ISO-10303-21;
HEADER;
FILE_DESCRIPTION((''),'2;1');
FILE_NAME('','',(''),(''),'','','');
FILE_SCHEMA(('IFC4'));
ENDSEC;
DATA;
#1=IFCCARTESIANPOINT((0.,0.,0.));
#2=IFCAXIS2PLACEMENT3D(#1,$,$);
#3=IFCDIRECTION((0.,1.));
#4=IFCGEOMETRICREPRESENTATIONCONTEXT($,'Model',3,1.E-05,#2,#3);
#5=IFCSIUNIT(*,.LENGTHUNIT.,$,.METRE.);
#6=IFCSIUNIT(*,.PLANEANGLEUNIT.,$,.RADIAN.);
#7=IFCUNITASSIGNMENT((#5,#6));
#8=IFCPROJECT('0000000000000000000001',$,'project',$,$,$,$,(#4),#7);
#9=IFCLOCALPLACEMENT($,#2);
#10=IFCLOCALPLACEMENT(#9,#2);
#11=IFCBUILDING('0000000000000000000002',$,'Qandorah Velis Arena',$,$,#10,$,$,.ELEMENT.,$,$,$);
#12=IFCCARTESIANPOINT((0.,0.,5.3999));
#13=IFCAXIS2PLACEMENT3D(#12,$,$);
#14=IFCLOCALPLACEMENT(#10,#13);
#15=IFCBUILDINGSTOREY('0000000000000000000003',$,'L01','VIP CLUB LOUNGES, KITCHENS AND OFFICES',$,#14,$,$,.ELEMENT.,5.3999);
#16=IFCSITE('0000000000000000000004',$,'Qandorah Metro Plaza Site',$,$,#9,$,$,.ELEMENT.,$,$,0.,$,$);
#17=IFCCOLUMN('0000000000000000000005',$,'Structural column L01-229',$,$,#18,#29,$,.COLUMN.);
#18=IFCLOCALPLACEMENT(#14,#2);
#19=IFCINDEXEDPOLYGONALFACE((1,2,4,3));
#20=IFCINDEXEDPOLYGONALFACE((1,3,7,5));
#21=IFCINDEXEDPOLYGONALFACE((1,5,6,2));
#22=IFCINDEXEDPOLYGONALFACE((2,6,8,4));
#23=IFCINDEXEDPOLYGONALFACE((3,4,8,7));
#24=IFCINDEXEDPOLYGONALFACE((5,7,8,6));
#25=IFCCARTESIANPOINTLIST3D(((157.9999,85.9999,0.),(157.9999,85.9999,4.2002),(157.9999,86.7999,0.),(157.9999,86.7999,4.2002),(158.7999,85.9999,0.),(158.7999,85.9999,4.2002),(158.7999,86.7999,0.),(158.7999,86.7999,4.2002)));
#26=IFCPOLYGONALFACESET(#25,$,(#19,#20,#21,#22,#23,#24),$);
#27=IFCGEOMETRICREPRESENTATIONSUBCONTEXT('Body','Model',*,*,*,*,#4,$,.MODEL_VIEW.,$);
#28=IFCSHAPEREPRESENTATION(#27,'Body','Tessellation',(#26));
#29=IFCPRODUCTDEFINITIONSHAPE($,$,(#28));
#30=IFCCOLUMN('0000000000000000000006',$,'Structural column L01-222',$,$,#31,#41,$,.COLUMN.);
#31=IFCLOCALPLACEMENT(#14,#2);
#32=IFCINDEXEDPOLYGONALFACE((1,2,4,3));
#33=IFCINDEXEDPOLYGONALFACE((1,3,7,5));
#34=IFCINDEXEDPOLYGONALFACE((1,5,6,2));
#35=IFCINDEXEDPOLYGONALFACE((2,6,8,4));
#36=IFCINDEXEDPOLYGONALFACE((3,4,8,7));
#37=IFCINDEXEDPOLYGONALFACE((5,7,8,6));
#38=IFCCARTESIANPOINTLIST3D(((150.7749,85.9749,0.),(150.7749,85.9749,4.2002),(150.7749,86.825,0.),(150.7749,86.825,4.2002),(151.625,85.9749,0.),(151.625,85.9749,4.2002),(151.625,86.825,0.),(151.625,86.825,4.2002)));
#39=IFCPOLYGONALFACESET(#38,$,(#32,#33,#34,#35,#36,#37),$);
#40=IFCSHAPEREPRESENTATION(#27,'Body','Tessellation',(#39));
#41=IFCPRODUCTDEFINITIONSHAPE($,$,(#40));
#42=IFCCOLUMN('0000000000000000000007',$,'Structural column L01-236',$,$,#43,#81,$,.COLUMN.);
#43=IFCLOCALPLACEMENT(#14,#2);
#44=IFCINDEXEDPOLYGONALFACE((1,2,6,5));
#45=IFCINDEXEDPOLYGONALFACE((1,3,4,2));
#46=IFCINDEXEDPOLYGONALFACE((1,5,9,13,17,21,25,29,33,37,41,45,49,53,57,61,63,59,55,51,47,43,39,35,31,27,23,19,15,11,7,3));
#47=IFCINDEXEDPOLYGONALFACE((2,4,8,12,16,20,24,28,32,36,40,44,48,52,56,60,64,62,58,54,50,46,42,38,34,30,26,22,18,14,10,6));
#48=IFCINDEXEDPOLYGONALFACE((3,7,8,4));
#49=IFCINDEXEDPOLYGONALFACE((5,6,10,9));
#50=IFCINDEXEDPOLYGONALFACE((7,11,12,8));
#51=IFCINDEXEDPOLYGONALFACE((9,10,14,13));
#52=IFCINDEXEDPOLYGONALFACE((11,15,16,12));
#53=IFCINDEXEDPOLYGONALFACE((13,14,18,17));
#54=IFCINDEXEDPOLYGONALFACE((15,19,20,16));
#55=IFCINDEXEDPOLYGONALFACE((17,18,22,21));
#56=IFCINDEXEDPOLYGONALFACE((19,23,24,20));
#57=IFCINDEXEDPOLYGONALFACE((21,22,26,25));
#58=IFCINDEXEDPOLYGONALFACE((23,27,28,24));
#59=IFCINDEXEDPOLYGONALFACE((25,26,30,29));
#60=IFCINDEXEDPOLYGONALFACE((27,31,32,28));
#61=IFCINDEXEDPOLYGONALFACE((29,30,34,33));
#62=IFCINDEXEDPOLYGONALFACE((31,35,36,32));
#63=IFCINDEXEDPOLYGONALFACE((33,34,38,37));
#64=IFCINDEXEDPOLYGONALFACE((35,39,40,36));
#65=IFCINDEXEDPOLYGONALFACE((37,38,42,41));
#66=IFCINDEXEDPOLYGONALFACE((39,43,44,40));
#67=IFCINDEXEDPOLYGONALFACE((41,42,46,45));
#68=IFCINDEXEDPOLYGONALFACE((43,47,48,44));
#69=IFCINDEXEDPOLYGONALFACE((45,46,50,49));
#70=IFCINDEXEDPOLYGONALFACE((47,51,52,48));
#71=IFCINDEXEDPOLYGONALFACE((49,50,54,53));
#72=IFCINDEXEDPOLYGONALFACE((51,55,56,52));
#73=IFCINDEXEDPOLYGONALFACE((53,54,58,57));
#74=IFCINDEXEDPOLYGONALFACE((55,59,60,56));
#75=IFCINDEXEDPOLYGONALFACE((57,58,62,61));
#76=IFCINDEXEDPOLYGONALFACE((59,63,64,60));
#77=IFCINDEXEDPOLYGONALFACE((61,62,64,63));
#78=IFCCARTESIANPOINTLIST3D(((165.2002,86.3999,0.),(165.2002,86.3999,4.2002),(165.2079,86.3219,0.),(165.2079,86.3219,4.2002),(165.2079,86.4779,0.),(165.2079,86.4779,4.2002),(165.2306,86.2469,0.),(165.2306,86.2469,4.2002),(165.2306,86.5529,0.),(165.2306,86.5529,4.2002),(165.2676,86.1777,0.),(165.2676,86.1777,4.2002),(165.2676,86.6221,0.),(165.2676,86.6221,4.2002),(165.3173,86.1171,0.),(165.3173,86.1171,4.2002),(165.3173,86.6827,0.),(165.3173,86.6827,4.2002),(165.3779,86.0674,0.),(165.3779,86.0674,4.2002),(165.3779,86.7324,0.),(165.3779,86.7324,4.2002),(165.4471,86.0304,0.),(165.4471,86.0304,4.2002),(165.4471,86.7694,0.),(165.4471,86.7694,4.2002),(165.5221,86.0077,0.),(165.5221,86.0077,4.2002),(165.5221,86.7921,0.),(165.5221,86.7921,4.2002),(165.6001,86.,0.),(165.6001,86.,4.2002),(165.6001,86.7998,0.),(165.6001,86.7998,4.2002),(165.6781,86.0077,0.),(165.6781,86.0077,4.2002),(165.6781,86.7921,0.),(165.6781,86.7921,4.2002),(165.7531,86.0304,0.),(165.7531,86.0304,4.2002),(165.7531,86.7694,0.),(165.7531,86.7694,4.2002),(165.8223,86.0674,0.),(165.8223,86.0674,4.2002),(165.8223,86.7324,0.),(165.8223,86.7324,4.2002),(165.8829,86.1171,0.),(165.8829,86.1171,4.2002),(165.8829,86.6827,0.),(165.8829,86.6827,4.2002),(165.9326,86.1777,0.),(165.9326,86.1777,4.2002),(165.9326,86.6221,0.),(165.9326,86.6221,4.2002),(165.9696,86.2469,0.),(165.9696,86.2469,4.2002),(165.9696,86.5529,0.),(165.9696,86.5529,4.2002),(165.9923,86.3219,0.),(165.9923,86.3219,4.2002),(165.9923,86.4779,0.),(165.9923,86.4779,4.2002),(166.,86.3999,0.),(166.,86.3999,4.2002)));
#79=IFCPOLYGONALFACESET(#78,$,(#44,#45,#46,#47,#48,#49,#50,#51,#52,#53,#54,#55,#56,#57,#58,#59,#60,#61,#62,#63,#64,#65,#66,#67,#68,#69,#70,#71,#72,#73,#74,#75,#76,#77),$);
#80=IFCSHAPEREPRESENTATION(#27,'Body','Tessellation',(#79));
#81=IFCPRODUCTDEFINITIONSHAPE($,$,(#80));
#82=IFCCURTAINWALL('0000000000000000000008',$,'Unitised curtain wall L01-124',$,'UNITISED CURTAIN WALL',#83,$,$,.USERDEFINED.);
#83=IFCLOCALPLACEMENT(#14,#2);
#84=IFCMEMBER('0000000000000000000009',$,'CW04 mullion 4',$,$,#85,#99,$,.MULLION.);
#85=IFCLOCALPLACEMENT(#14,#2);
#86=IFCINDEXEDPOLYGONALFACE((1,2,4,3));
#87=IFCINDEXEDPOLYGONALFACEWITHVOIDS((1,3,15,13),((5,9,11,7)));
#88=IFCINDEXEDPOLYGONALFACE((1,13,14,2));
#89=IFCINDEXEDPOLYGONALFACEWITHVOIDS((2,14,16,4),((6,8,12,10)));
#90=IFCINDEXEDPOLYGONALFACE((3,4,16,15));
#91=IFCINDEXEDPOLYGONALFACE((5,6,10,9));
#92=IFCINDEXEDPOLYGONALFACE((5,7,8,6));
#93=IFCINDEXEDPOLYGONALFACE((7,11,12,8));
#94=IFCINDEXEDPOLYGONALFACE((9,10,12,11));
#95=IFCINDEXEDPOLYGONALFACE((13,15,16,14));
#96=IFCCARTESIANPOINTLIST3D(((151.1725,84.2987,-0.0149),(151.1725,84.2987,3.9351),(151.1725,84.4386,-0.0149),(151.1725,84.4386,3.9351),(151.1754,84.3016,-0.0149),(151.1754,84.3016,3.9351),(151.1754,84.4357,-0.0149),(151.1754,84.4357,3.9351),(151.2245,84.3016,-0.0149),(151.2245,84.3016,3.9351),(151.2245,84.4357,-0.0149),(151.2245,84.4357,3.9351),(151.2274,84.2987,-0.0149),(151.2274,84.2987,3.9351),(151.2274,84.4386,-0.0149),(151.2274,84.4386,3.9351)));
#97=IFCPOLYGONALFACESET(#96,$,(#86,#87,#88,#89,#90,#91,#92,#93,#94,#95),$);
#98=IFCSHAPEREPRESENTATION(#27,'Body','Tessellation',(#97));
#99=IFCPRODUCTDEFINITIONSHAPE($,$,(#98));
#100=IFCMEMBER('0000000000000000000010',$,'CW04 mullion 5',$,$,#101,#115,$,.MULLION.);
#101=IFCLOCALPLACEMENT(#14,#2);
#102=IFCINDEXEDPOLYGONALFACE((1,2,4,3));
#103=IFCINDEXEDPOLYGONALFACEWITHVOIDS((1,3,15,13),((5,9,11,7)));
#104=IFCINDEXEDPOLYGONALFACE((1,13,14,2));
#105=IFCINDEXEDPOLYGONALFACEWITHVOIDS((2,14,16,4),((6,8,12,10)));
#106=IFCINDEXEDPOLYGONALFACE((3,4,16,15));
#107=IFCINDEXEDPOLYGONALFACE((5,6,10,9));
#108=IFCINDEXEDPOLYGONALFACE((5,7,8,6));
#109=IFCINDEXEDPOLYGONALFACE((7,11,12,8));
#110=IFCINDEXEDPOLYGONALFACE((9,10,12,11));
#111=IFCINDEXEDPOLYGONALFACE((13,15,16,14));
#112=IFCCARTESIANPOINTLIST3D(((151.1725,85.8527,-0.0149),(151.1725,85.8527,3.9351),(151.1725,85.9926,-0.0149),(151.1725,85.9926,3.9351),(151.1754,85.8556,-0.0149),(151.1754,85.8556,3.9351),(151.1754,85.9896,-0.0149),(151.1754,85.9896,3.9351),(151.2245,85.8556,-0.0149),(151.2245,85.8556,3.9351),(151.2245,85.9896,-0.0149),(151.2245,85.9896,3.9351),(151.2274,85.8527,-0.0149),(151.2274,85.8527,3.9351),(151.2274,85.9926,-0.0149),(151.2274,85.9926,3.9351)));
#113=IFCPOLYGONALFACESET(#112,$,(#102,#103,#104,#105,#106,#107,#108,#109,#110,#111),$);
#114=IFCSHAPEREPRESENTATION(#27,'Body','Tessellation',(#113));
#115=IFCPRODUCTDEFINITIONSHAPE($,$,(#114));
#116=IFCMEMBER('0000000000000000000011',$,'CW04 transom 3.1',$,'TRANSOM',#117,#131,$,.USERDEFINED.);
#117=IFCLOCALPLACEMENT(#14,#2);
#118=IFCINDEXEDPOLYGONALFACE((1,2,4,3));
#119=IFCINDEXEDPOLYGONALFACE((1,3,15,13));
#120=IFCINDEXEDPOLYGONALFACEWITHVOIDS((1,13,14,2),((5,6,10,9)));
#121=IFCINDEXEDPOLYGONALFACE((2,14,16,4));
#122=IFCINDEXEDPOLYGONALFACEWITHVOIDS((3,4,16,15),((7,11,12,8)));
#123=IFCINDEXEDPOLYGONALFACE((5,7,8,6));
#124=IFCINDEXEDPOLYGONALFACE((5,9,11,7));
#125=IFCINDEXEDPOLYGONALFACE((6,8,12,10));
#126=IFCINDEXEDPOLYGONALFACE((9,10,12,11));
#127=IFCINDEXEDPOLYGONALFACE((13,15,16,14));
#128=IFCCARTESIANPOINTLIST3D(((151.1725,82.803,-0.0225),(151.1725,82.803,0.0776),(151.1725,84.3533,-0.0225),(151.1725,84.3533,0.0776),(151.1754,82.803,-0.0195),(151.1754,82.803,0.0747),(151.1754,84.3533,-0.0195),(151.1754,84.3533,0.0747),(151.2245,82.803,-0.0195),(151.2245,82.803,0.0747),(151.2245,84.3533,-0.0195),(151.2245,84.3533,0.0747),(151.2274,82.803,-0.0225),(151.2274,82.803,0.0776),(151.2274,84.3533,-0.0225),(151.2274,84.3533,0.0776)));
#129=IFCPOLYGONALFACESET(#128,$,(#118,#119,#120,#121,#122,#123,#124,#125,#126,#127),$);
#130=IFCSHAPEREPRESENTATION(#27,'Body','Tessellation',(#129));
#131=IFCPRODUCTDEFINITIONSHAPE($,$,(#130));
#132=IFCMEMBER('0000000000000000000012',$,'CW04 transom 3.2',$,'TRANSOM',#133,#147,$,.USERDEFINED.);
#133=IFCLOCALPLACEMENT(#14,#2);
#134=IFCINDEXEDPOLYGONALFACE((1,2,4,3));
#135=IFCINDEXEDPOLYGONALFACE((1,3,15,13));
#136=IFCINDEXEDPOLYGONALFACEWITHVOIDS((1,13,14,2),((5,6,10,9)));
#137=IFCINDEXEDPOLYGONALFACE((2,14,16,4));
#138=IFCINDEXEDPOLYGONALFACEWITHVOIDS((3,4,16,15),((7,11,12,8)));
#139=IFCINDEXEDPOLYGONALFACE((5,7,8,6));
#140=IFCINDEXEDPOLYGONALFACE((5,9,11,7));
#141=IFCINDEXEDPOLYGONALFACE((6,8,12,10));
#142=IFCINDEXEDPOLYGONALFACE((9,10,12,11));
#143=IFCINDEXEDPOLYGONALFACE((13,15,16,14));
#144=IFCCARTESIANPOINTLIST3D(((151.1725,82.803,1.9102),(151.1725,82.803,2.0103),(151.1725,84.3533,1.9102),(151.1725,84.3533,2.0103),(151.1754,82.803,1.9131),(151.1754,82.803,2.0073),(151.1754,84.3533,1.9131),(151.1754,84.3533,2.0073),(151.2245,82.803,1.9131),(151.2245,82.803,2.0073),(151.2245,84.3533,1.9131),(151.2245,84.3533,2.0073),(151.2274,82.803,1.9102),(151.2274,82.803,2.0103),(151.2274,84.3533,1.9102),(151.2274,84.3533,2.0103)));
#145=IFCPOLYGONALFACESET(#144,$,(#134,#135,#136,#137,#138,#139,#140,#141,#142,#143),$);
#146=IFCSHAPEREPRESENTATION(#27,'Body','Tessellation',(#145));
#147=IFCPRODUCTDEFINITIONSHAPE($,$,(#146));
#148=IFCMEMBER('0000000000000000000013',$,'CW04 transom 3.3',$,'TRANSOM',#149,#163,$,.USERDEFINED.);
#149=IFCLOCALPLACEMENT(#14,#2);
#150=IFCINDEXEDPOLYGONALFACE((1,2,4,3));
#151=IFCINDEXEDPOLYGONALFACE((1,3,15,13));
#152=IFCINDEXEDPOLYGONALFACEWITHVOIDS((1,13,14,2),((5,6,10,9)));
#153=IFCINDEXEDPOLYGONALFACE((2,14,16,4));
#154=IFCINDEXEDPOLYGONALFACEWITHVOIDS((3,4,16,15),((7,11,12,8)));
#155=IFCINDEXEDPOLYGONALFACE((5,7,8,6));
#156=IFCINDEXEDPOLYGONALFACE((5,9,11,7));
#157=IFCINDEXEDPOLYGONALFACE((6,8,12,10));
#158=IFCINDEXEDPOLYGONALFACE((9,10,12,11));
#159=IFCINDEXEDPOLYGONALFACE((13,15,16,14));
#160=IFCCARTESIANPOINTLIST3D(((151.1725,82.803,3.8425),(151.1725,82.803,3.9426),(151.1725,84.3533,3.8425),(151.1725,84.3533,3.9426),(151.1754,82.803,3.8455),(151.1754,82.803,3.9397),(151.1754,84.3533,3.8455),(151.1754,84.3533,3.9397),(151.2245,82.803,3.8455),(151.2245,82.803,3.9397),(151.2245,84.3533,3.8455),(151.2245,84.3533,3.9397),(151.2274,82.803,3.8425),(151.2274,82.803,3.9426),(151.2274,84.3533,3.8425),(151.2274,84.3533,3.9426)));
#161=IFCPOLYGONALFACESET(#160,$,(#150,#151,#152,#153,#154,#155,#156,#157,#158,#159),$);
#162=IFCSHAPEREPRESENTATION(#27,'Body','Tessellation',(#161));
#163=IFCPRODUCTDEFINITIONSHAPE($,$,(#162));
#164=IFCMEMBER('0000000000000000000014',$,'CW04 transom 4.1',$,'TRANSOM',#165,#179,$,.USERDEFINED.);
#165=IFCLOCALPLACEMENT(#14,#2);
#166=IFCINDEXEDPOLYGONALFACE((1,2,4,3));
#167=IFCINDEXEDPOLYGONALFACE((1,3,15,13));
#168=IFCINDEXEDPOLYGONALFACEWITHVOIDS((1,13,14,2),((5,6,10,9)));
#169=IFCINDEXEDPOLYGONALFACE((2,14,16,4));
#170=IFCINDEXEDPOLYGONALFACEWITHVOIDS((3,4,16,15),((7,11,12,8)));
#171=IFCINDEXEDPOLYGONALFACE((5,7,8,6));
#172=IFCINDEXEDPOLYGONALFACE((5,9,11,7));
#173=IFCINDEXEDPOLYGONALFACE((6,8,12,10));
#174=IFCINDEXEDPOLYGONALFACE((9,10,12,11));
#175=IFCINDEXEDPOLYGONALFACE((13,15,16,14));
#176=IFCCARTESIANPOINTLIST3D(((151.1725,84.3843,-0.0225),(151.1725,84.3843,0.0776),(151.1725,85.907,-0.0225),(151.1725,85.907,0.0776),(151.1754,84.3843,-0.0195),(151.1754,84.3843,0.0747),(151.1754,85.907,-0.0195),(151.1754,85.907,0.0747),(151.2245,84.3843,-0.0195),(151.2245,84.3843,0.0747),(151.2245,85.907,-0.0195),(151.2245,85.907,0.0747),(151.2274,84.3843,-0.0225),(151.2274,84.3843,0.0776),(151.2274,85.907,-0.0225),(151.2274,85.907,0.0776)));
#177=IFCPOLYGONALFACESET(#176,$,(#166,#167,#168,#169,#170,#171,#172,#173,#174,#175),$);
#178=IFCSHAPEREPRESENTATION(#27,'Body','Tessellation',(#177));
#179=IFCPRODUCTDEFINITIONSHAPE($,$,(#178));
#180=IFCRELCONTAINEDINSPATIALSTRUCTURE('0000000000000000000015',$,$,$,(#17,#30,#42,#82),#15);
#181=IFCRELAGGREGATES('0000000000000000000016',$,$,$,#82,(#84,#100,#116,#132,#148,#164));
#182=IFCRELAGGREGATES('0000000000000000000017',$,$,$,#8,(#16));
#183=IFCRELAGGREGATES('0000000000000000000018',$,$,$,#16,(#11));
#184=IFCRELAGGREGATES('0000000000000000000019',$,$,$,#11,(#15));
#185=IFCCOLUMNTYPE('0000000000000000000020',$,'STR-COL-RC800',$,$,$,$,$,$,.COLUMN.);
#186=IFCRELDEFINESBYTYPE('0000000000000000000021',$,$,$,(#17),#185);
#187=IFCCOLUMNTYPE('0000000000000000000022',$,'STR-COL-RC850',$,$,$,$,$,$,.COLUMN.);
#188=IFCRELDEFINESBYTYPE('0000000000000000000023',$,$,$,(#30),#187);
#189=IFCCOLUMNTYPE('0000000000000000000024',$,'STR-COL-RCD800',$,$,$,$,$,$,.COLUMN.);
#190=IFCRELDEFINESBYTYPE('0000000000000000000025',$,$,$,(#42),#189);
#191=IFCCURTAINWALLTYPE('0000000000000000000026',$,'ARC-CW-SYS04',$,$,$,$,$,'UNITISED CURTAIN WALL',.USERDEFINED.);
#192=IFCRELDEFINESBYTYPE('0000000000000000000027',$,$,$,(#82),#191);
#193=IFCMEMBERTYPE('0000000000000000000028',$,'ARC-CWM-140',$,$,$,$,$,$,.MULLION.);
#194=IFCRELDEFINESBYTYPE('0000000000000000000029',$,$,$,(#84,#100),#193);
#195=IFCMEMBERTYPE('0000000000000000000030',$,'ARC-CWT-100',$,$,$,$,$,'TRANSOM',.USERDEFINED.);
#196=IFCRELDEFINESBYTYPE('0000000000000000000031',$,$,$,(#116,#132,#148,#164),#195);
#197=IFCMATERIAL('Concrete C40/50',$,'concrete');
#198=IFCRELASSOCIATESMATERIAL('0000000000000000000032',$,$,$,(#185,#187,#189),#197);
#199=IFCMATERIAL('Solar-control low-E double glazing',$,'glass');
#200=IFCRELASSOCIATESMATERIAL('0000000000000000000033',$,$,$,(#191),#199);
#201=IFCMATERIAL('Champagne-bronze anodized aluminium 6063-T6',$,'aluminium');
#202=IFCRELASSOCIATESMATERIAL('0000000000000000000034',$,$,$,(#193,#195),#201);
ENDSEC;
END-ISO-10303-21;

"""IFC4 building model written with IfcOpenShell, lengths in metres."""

from ifc_helpers import new_model, si_unit, direction, frame, origin, origin_2d, place, context, subcontext, project, spatial, rectangle, hollow_rectangle, circle, extrude, material, material_profile, profile_set, type_object, element, aggregate, save


model = new_model("IFC4")

# Units and contexts
model_context = context("Model", 3, precision=1e-05, world=origin(), true_north=direction((0.0, 1.0)))
body_context = subcontext(model_context, "Body", "Model", "MODEL_VIEW")
ifc_project = project(units=[si_unit("LENGTHUNIT", "METRE"), si_unit("PLANEANGLEUNIT", "RADIAN")], contexts=[model_context])

# Site, building, storey
site_placement = place(None, origin())
site = spatial("IfcSite", under=ifc_project, at=site_placement, Name="Qandorah Metro Plaza Site", CompositionType="ELEMENT", RefElevation=0.0)
building_placement = place(site_placement, origin())
building = spatial("IfcBuilding", under=site, at=building_placement, Name="Qandorah Velis Arena", CompositionType="ELEMENT")
storey_placement = place(building_placement, frame((0.0, 0.0, 5.3999)))
storey = spatial("IfcBuildingStorey", under=building, at=storey_placement, Name="L01", Description="VIP CLUB LOUNGES, KITCHENS AND OFFICES", CompositionType="ELEMENT", Elevation=5.3999)

# Columns
ifc_material_1 = material(Name="Concrete C40/50", Category="concrete")
ifc_material_profile_1 = material_profile(ifc_material_1, rectangle(XDim=0.8, YDim=0.8, at=origin_2d()), Name="RC COL 800x800")
ifc_profile_set_1 = profile_set([ifc_material_profile_1], Name="Concrete C40/50")
column_type_1 = type_object("IfcColumnType", Name="STR-COL-RC800", PredefinedType="COLUMN", material=ifc_profile_set_1)
column_1_placement = place(storey_placement, frame((158.3999, 86.3999, 0.0), z_axis=(0.0, 0.0, 1.0), x_axis=(1.0, 0.0, 0.0)))
element("IfcColumn", 1, at=column_1_placement, inside=storey, type_object=column_type_1, Name="Structural column L01-229", PredefinedType="COLUMN", context=body_context, shape_type="SweptSolid", body=[
    extrude(rectangle(XDim=0.8, YDim=0.8, at=origin_2d()), origin(), (0.0, 0.0, 1.0), 4.2002),
])
ifc_material_profile_2 = material_profile(ifc_material_1, rectangle(XDim=0.8501, YDim=0.8501, at=origin_2d()), Name="RC COL 850x850")
ifc_profile_set_2 = profile_set([ifc_material_profile_2], Name="Concrete C40/50")
column_type_2 = type_object("IfcColumnType", Name="STR-COL-RC850", PredefinedType="COLUMN", material=ifc_profile_set_2)
column_2_placement = place(storey_placement, frame((151.2, 86.3999, 0.0), z_axis=(0.0, 0.0, 1.0), x_axis=(1.0, 0.0, 0.0)))
element("IfcColumn", 2, at=column_2_placement, inside=storey, type_object=column_type_2, Name="Structural column L01-222", PredefinedType="COLUMN", context=body_context, shape_type="SweptSolid", body=[
    extrude(rectangle(XDim=0.8501, YDim=0.8501, at=origin_2d()), origin(), (0.0, 0.0, 1.0), 4.2002),
])
ifc_material_profile_3 = material_profile(ifc_material_1, circle(Radius=0.3999, at=origin_2d()), Name="RC D800")
ifc_profile_set_3 = profile_set([ifc_material_profile_3], Name="Concrete C40/50")
column_type_3 = type_object("IfcColumnType", Name="STR-COL-RCD800", PredefinedType="COLUMN", material=ifc_profile_set_3)
column_3_placement = place(storey_placement, frame((165.6001, 86.3999, 0.0), z_axis=(0.0, 0.0, 1.0), x_axis=(1.0, 0.0, 0.0)))
element("IfcColumn", 3, at=column_3_placement, inside=storey, type_object=column_type_3, Name="Structural column L01-236", PredefinedType="COLUMN", context=body_context, shape_type="SweptSolid", body=[
    extrude(circle(Radius=0.3999, at=origin_2d()), origin(), (0.0, 0.0, 1.0), 4.2002),
])

# Curtain wall, members
ifc_material_2 = material(Name="Solar-control low-E double glazing", Category="glass")
curtain_wall_type = type_object("IfcCurtainWallType", Name="ARC-CW-SYS04", ElementType="UNITISED CURTAIN WALL", PredefinedType="USERDEFINED", material=ifc_material_2)
curtain_wall_placement = place(storey_placement, origin())
curtain_wall = element("IfcCurtainWall", 4, at=curtain_wall_placement, inside=storey, type_object=curtain_wall_type, Name="Unitised curtain wall L01-124", ObjectType="UNITISED CURTAIN WALL", PredefinedType="USERDEFINED")
ifc_material_3 = material(Name="Champagne-bronze anodized aluminium 6063-T6", Category="aluminium")
ifc_material_profile_4 = material_profile(ifc_material_3, hollow_rectangle(XDim=0.0549, YDim=0.1399, WallThickness=0.0029, at=origin_2d()), Name="ALU MULLION 55x140")
ifc_profile_set_4 = profile_set([ifc_material_profile_4], Name="Champagne-bronze anodized aluminium 6063-T6")
member_type_1 = type_object("IfcMemberType", Name="ARC-CWM-140", PredefinedType="MULLION", material=ifc_profile_set_4)
member_1_placement = place(storey_placement, frame((151.2, 84.3687, -0.0149), z_axis=(0.0, 0.0, 1.0), x_axis=(-1.0, 0.0, 0.0)))
member_1 = element("IfcMember", 5, at=member_1_placement, type_object=member_type_1, Name="CW04 mullion 4", PredefinedType="MULLION", context=body_context, shape_type="SweptSolid", body=[
    extrude(hollow_rectangle(XDim=0.0549, YDim=0.1399, WallThickness=0.0029, at=origin_2d()), origin(), (0.0, 0.0, 1.0), 3.95),
])
member_2_placement = place(storey_placement, frame((151.2, 85.9226, -0.0149), z_axis=(0.0, 0.0, 1.0), x_axis=(-1.0, 0.0, 0.0)))
member_2 = element("IfcMember", 6, at=member_2_placement, type_object=member_type_1, Name="CW04 mullion 5", PredefinedType="MULLION", context=body_context, shape_type="SweptSolid", body=[
    extrude(hollow_rectangle(XDim=0.0549, YDim=0.1399, WallThickness=0.0029, at=origin_2d()), origin(), (0.0, 0.0, 1.0), 3.95),
])
ifc_material_profile_5 = material_profile(ifc_material_3, hollow_rectangle(XDim=0.0549, YDim=0.1001, WallThickness=0.0029, at=origin_2d()), Name="ALU TRANSOM 55x100")
ifc_profile_set_5 = profile_set([ifc_material_profile_5], Name="Champagne-bronze anodized aluminium 6063-T6")
member_type_2 = type_object("IfcMemberType", Name="ARC-CWT-100", ElementType="TRANSOM", PredefinedType="USERDEFINED", material=ifc_profile_set_5)
member_3_placement = place(storey_placement, frame((151.2, 82.803, 0.0276), z_axis=(0.0, 1.0, 0.0), x_axis=(-1.0, 0.0, 0.0)))
member_3 = element("IfcMember", 7, at=member_3_placement, type_object=member_type_2, Name="CW04 transom 3.1", ObjectType="TRANSOM", PredefinedType="USERDEFINED", context=body_context, shape_type="SweptSolid", body=[
    extrude(hollow_rectangle(XDim=0.0549, YDim=0.1001, WallThickness=0.0029, at=origin_2d()), origin(), (0.0, 0.0, 1.0), 1.5503),
])
member_4_placement = place(storey_placement, frame((151.2, 82.803, 1.9602), z_axis=(0.0, 1.0, 0.0), x_axis=(-1.0, 0.0, 0.0)))
member_4 = element("IfcMember", 8, at=member_4_placement, type_object=member_type_2, Name="CW04 transom 3.2", ObjectType="TRANSOM", PredefinedType="USERDEFINED", context=body_context, shape_type="SweptSolid", body=[
    extrude(hollow_rectangle(XDim=0.0549, YDim=0.1001, WallThickness=0.0029, at=origin_2d()), origin(), (0.0, 0.0, 1.0), 1.5503),
])
member_5_placement = place(storey_placement, frame((151.2, 82.803, 3.8926), z_axis=(0.0, 1.0, 0.0), x_axis=(-1.0, 0.0, 0.0)))
member_5 = element("IfcMember", 9, at=member_5_placement, type_object=member_type_2, Name="CW04 transom 3.3", ObjectType="TRANSOM", PredefinedType="USERDEFINED", context=body_context, shape_type="SweptSolid", body=[
    extrude(hollow_rectangle(XDim=0.0549, YDim=0.1001, WallThickness=0.0029, at=origin_2d()), origin(), (0.0, 0.0, 1.0), 1.5503),
])
member_6_placement = place(storey_placement, frame((151.2, 84.3843, 0.0276), z_axis=(0.0, 1.0, 0.0), x_axis=(-1.0, 0.0, 0.0)))
member_6 = element("IfcMember", 10, at=member_6_placement, type_object=member_type_2, Name="CW04 transom 4.1", ObjectType="TRANSOM", PredefinedType="USERDEFINED", context=body_context, shape_type="SweptSolid", body=[
    extrude(hollow_rectangle(XDim=0.0549, YDim=0.1001, WallThickness=0.0029, at=origin_2d()), origin(), (0.0, 0.0, 1.0), 1.5227),
])

aggregate(curtain_wall, [member_1, member_2, member_3, member_4, member_5, member_6])

save(model, "model.ifc")
